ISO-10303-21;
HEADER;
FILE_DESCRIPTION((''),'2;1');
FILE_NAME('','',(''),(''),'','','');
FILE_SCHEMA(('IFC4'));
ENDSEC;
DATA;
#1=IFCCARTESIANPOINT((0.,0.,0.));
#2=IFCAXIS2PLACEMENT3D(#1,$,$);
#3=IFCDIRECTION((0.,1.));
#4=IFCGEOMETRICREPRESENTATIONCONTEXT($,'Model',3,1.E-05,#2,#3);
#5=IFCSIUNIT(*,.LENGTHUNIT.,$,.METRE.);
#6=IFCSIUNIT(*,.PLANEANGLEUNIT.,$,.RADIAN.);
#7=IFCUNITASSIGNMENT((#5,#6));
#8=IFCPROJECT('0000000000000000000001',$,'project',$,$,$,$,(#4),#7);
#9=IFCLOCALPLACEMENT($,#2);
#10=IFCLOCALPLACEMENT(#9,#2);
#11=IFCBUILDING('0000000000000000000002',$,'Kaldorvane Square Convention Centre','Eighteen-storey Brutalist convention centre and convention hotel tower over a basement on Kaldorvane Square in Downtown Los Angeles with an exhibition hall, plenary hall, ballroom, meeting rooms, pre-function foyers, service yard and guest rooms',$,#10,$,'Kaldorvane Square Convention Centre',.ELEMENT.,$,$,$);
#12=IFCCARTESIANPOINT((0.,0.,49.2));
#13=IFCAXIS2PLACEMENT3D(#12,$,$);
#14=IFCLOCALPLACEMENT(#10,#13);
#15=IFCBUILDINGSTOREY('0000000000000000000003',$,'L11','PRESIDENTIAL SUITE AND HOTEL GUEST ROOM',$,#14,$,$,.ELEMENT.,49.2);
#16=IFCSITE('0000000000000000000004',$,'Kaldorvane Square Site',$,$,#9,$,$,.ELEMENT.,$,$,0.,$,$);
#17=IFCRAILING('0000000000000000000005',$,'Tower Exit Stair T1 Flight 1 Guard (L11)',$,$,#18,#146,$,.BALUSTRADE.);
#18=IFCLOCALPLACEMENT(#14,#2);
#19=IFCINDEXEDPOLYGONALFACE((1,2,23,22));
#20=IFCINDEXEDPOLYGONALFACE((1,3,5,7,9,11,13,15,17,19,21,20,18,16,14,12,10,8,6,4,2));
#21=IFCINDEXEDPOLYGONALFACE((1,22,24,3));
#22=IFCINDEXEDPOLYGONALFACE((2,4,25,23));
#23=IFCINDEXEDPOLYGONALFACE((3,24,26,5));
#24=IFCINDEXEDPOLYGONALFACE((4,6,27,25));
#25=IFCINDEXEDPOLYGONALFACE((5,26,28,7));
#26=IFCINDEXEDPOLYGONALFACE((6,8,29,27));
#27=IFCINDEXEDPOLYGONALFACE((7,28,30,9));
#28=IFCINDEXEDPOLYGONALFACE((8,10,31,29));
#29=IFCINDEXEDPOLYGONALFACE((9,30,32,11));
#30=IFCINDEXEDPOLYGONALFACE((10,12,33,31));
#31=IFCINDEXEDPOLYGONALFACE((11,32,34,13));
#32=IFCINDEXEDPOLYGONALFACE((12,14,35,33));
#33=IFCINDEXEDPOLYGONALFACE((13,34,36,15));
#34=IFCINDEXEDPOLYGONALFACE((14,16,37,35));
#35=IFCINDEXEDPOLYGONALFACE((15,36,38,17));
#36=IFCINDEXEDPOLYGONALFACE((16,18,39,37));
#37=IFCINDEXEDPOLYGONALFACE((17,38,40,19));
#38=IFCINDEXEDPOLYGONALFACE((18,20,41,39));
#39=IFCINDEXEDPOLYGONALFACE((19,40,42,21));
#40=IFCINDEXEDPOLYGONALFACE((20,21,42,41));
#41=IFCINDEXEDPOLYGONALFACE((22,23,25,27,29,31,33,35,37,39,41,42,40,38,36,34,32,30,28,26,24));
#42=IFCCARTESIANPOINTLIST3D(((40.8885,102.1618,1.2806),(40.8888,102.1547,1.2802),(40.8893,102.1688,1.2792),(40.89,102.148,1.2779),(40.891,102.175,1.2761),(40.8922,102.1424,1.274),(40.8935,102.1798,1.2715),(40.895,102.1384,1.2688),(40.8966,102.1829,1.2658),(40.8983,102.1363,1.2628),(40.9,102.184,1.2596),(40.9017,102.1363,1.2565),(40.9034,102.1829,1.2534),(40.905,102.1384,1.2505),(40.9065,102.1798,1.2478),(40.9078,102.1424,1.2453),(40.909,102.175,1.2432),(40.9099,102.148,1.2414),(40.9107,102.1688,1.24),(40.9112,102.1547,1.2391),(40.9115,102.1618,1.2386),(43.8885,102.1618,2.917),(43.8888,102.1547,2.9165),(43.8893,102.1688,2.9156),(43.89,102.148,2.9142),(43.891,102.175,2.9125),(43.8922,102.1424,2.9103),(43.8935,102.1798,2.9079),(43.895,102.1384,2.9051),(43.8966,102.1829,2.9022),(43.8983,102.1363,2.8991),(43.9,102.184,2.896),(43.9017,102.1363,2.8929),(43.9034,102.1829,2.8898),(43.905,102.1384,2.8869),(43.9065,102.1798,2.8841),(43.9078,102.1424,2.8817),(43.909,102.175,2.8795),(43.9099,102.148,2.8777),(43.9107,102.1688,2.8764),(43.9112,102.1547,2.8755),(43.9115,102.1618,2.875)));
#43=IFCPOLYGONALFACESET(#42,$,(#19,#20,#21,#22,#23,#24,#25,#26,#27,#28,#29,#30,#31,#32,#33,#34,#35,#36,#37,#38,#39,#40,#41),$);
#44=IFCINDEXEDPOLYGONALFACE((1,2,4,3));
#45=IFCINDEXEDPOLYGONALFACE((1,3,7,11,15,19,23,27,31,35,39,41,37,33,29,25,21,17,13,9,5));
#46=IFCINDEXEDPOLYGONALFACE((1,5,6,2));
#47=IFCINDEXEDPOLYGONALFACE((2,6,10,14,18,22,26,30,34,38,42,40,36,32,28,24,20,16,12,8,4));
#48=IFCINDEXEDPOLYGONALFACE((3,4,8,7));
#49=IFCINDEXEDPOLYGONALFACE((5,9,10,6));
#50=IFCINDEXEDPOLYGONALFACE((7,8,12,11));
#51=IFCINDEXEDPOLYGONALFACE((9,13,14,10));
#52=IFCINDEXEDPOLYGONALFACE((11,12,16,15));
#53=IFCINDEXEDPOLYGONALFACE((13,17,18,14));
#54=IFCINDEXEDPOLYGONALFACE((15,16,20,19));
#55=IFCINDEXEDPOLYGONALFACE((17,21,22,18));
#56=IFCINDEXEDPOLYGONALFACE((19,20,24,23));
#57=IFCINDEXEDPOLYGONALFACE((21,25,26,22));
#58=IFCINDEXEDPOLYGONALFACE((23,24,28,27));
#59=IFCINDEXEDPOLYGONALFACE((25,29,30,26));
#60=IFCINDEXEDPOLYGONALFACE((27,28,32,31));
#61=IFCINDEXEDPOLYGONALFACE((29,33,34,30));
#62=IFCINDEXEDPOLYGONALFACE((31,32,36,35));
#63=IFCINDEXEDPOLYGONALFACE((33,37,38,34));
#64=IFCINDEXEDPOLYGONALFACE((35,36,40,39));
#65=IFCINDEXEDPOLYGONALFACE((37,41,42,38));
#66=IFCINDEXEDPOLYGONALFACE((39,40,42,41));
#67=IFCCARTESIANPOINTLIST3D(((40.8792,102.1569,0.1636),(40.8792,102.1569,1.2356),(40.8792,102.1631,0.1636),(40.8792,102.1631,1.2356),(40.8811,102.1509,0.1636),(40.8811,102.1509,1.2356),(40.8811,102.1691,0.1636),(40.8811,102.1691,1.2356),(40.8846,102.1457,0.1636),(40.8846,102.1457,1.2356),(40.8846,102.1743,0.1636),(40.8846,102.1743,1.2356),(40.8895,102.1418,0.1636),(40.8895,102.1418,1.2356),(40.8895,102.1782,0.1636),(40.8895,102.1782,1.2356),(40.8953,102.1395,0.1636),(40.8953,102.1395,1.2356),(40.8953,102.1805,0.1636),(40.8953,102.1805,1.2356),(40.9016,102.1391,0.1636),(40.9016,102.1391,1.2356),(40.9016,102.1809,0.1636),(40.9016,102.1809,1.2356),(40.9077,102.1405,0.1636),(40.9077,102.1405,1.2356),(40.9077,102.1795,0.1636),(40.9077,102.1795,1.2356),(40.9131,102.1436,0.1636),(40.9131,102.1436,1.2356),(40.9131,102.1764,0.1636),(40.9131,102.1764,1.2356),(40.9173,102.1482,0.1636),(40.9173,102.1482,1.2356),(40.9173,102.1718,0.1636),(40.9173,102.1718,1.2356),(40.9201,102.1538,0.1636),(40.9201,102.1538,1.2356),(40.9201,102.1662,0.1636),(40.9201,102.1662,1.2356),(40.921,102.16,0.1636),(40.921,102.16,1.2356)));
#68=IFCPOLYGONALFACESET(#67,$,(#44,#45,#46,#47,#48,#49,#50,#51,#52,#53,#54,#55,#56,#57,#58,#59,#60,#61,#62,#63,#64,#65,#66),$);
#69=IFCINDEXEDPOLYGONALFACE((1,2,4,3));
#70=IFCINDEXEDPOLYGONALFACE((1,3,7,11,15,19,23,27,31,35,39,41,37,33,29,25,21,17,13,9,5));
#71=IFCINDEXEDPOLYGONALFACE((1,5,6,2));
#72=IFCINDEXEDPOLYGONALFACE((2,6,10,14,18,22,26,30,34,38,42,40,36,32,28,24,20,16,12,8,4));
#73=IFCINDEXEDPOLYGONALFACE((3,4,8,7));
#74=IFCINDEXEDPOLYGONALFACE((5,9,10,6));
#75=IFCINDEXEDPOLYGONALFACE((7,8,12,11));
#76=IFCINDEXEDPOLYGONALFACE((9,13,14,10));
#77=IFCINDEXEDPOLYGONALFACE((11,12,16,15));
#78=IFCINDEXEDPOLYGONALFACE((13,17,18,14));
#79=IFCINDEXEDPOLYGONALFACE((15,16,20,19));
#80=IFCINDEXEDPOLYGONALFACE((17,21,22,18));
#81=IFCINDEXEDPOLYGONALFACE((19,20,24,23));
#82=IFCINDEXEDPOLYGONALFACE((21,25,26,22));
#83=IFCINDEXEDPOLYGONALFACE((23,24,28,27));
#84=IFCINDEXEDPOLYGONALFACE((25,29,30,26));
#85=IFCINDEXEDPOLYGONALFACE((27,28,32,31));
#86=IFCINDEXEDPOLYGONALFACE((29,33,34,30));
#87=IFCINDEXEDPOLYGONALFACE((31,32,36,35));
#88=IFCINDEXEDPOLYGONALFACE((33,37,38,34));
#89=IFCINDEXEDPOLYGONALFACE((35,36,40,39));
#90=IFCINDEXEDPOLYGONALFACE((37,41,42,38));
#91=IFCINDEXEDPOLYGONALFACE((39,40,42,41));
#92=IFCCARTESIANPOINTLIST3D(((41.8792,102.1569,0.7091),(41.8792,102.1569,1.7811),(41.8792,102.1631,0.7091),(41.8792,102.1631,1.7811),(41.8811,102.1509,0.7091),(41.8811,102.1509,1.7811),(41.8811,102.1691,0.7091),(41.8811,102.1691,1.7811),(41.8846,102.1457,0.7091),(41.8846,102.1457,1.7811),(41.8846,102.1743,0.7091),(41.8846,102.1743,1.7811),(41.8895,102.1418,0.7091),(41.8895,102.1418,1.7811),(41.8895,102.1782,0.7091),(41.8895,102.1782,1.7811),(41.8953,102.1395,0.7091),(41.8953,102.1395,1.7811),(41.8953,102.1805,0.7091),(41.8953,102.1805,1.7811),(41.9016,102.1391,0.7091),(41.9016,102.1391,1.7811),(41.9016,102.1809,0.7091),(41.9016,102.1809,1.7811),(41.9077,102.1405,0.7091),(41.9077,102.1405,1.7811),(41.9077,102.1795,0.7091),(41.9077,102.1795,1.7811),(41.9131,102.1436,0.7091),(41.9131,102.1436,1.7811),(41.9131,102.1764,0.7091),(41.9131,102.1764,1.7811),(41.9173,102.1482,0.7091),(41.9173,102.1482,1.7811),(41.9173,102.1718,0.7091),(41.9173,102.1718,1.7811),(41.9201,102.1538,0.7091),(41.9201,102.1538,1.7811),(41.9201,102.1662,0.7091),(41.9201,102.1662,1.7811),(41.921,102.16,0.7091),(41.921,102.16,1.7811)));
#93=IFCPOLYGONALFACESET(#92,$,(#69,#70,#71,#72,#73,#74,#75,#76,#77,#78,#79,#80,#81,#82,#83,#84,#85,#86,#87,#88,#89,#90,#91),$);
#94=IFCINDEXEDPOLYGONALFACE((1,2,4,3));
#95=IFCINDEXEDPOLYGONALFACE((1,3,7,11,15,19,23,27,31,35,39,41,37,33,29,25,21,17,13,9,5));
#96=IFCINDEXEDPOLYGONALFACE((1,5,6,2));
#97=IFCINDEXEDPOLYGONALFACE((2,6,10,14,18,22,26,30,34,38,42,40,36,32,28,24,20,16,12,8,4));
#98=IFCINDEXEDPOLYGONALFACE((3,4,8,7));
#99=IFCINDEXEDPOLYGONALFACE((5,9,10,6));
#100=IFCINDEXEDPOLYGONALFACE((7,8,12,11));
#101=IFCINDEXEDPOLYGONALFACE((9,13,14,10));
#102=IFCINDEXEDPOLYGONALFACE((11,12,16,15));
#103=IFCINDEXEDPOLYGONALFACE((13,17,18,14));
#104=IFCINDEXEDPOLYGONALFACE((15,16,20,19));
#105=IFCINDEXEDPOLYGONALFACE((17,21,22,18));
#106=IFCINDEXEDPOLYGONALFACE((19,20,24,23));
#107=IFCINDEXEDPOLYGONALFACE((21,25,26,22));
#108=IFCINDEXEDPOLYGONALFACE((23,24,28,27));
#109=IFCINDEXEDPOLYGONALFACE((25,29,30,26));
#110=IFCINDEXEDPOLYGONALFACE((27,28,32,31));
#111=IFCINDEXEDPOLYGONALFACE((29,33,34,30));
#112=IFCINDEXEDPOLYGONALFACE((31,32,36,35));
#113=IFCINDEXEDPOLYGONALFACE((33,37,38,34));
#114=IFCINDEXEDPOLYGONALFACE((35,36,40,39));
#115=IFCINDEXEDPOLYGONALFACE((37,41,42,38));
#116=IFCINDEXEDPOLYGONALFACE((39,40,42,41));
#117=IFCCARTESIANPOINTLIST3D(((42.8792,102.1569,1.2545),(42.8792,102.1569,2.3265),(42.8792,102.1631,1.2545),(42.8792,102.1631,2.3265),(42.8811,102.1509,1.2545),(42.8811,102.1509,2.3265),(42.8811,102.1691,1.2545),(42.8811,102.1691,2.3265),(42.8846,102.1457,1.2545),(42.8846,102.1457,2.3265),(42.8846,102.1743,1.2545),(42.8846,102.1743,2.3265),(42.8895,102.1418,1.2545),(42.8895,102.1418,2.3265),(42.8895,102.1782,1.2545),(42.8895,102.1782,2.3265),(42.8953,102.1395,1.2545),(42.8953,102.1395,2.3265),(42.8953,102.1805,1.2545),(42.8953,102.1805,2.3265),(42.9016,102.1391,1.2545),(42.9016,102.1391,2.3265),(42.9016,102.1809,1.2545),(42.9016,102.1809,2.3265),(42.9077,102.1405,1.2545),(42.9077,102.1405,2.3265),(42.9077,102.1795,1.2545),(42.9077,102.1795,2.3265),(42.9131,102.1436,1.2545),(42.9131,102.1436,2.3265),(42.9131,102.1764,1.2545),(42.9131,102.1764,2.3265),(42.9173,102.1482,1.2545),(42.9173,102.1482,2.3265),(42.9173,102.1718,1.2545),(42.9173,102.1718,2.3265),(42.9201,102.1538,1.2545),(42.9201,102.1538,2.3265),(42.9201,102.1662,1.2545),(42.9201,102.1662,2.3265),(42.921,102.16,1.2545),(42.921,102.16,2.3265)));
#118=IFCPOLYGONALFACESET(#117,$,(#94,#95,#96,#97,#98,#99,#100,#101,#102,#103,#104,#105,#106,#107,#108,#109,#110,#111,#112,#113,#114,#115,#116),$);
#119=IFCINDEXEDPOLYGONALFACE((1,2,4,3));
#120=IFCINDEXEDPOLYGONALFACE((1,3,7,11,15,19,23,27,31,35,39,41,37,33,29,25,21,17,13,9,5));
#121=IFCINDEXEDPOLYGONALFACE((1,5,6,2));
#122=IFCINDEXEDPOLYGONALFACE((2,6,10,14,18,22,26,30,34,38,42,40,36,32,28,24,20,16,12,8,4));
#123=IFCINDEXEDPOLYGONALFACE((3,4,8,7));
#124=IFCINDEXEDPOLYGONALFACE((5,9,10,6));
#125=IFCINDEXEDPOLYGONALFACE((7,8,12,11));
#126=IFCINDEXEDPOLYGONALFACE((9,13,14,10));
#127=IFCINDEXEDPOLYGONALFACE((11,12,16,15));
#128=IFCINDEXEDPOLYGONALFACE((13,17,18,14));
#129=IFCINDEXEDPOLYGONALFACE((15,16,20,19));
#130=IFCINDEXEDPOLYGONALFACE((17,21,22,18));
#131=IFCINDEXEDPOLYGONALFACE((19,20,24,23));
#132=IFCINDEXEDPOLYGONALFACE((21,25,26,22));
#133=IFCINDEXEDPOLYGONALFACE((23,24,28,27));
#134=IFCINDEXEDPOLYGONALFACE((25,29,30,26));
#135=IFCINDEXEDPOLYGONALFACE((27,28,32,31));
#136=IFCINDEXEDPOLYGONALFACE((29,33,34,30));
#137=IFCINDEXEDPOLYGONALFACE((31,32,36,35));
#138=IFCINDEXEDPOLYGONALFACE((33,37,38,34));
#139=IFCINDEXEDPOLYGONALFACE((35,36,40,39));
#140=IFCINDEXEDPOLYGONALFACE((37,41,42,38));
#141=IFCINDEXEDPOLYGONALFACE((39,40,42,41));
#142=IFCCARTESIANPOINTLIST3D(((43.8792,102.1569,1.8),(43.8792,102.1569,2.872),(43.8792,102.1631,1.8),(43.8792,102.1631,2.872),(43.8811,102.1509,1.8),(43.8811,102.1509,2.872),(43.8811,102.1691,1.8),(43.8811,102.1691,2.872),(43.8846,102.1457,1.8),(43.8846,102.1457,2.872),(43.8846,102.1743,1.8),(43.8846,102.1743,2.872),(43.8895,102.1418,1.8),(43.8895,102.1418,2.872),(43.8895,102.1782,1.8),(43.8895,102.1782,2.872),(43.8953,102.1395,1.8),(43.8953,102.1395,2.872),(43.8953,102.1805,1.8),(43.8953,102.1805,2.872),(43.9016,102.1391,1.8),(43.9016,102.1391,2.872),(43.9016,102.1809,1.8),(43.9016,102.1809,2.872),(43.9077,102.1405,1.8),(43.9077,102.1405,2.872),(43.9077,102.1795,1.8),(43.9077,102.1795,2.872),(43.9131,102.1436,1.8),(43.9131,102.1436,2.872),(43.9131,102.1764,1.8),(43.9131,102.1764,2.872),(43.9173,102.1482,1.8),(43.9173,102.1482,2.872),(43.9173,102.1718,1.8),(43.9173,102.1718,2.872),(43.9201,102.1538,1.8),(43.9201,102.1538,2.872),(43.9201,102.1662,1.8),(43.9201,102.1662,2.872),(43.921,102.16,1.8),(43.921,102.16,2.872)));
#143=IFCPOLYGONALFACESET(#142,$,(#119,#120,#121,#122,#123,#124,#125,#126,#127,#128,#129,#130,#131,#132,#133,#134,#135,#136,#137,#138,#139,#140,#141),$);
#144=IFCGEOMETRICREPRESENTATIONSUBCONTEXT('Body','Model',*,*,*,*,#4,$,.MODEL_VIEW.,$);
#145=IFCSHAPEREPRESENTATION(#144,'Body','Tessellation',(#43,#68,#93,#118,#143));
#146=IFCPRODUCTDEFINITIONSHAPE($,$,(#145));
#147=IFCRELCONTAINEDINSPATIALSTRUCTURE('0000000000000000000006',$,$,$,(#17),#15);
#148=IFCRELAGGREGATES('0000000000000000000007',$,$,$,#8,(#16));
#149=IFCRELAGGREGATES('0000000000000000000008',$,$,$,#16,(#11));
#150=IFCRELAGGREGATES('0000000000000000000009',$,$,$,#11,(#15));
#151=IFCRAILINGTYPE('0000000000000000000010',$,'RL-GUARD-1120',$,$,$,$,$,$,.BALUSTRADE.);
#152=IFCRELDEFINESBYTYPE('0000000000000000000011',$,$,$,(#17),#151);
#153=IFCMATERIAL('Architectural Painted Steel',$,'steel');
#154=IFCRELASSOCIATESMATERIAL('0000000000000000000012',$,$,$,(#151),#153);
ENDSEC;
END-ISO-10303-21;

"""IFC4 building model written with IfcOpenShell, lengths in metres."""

from ifc_helpers import new_model, si_unit, direction, frame, origin, origin_2d, place, context, subcontext, project, spatial, circle, extrude, material, type_object, element, save


model = new_model("IFC4")

# Units and contexts
model_context = context("Model", 3, precision=1e-05, world=origin(), true_north=direction((0.0, 1.0)))
body_context = subcontext(model_context, "Body", "Model", "MODEL_VIEW")
ifc_project = project(units=[si_unit("LENGTHUNIT", "METRE"), si_unit("PLANEANGLEUNIT", "RADIAN")], contexts=[model_context])

# Site, building, storey
site_placement = place(None, origin())
site = spatial("IfcSite", under=ifc_project, at=site_placement, Name="Kaldorvane Square Site", CompositionType="ELEMENT", RefElevation=0.0)
building_placement = place(site_placement, origin())
building = spatial("IfcBuilding", under=site, at=building_placement, Name="Kaldorvane Square Convention Centre", Description="Eighteen-storey Brutalist convention centre and convention hotel tower over a basement on Kaldorvane Square in Downtown Los Angeles with an exhibition hall, plenary hall, ballroom, meeting rooms, pre-function foyers, service yard and guest rooms", LongName="Kaldorvane Square Convention Centre", CompositionType="ELEMENT")
storey_placement = place(building_placement, frame((0.0, 0.0, 49.2)))
storey = spatial("IfcBuildingStorey", under=building, at=storey_placement, Name="L11", Description="PRESIDENTIAL SUITE AND HOTEL GUEST ROOM", CompositionType="ELEMENT", Elevation=49.2)

# Railing
ifc_material_1 = material(Name="Architectural Painted Steel", Category="steel")
railing_type_1 = type_object("IfcRailingType", Name="RL-GUARD-1120", PredefinedType="BALUSTRADE", material=ifc_material_1)
railing_1_placement = place(storey_placement, frame((40.9, 102.16, 0.1636)))
element("IfcRailing", 1, at=railing_1_placement, inside=storey, type_object=railing_type_1, Name="Tower Exit Stair T1 Flight 1 Guard (L11)", PredefinedType="BALUSTRADE", context=body_context, shape_type="SweptSolid", body=[
    extrude(circle(Radius=0.024, at=origin_2d()), frame((0.0, 0.0, 1.096), z_axis=(0.877895, 0.0, 0.478853), x_axis=(0.0, 1.0, 0.0)), (0.0, 0.0, 1.0), 3.4173),
    extrude(circle(Radius=0.021, at=origin_2d()), origin(), (0.0, 0.0, 1.0), 1.072),
    extrude(circle(Radius=0.021, at=origin_2d()), frame((1.0, 0.0, 0.5455)), (0.0, 0.0, 1.0), 1.072),
    extrude(circle(Radius=0.021, at=origin_2d()), frame((2.0, 0.0, 1.0909)), (0.0, 0.0, 1.0), 1.072),
    extrude(circle(Radius=0.021, at=origin_2d()), frame((3.0, 0.0, 1.6364)), (0.0, 0.0, 1.0), 1.072),
])

save(model, "model.ifc")
